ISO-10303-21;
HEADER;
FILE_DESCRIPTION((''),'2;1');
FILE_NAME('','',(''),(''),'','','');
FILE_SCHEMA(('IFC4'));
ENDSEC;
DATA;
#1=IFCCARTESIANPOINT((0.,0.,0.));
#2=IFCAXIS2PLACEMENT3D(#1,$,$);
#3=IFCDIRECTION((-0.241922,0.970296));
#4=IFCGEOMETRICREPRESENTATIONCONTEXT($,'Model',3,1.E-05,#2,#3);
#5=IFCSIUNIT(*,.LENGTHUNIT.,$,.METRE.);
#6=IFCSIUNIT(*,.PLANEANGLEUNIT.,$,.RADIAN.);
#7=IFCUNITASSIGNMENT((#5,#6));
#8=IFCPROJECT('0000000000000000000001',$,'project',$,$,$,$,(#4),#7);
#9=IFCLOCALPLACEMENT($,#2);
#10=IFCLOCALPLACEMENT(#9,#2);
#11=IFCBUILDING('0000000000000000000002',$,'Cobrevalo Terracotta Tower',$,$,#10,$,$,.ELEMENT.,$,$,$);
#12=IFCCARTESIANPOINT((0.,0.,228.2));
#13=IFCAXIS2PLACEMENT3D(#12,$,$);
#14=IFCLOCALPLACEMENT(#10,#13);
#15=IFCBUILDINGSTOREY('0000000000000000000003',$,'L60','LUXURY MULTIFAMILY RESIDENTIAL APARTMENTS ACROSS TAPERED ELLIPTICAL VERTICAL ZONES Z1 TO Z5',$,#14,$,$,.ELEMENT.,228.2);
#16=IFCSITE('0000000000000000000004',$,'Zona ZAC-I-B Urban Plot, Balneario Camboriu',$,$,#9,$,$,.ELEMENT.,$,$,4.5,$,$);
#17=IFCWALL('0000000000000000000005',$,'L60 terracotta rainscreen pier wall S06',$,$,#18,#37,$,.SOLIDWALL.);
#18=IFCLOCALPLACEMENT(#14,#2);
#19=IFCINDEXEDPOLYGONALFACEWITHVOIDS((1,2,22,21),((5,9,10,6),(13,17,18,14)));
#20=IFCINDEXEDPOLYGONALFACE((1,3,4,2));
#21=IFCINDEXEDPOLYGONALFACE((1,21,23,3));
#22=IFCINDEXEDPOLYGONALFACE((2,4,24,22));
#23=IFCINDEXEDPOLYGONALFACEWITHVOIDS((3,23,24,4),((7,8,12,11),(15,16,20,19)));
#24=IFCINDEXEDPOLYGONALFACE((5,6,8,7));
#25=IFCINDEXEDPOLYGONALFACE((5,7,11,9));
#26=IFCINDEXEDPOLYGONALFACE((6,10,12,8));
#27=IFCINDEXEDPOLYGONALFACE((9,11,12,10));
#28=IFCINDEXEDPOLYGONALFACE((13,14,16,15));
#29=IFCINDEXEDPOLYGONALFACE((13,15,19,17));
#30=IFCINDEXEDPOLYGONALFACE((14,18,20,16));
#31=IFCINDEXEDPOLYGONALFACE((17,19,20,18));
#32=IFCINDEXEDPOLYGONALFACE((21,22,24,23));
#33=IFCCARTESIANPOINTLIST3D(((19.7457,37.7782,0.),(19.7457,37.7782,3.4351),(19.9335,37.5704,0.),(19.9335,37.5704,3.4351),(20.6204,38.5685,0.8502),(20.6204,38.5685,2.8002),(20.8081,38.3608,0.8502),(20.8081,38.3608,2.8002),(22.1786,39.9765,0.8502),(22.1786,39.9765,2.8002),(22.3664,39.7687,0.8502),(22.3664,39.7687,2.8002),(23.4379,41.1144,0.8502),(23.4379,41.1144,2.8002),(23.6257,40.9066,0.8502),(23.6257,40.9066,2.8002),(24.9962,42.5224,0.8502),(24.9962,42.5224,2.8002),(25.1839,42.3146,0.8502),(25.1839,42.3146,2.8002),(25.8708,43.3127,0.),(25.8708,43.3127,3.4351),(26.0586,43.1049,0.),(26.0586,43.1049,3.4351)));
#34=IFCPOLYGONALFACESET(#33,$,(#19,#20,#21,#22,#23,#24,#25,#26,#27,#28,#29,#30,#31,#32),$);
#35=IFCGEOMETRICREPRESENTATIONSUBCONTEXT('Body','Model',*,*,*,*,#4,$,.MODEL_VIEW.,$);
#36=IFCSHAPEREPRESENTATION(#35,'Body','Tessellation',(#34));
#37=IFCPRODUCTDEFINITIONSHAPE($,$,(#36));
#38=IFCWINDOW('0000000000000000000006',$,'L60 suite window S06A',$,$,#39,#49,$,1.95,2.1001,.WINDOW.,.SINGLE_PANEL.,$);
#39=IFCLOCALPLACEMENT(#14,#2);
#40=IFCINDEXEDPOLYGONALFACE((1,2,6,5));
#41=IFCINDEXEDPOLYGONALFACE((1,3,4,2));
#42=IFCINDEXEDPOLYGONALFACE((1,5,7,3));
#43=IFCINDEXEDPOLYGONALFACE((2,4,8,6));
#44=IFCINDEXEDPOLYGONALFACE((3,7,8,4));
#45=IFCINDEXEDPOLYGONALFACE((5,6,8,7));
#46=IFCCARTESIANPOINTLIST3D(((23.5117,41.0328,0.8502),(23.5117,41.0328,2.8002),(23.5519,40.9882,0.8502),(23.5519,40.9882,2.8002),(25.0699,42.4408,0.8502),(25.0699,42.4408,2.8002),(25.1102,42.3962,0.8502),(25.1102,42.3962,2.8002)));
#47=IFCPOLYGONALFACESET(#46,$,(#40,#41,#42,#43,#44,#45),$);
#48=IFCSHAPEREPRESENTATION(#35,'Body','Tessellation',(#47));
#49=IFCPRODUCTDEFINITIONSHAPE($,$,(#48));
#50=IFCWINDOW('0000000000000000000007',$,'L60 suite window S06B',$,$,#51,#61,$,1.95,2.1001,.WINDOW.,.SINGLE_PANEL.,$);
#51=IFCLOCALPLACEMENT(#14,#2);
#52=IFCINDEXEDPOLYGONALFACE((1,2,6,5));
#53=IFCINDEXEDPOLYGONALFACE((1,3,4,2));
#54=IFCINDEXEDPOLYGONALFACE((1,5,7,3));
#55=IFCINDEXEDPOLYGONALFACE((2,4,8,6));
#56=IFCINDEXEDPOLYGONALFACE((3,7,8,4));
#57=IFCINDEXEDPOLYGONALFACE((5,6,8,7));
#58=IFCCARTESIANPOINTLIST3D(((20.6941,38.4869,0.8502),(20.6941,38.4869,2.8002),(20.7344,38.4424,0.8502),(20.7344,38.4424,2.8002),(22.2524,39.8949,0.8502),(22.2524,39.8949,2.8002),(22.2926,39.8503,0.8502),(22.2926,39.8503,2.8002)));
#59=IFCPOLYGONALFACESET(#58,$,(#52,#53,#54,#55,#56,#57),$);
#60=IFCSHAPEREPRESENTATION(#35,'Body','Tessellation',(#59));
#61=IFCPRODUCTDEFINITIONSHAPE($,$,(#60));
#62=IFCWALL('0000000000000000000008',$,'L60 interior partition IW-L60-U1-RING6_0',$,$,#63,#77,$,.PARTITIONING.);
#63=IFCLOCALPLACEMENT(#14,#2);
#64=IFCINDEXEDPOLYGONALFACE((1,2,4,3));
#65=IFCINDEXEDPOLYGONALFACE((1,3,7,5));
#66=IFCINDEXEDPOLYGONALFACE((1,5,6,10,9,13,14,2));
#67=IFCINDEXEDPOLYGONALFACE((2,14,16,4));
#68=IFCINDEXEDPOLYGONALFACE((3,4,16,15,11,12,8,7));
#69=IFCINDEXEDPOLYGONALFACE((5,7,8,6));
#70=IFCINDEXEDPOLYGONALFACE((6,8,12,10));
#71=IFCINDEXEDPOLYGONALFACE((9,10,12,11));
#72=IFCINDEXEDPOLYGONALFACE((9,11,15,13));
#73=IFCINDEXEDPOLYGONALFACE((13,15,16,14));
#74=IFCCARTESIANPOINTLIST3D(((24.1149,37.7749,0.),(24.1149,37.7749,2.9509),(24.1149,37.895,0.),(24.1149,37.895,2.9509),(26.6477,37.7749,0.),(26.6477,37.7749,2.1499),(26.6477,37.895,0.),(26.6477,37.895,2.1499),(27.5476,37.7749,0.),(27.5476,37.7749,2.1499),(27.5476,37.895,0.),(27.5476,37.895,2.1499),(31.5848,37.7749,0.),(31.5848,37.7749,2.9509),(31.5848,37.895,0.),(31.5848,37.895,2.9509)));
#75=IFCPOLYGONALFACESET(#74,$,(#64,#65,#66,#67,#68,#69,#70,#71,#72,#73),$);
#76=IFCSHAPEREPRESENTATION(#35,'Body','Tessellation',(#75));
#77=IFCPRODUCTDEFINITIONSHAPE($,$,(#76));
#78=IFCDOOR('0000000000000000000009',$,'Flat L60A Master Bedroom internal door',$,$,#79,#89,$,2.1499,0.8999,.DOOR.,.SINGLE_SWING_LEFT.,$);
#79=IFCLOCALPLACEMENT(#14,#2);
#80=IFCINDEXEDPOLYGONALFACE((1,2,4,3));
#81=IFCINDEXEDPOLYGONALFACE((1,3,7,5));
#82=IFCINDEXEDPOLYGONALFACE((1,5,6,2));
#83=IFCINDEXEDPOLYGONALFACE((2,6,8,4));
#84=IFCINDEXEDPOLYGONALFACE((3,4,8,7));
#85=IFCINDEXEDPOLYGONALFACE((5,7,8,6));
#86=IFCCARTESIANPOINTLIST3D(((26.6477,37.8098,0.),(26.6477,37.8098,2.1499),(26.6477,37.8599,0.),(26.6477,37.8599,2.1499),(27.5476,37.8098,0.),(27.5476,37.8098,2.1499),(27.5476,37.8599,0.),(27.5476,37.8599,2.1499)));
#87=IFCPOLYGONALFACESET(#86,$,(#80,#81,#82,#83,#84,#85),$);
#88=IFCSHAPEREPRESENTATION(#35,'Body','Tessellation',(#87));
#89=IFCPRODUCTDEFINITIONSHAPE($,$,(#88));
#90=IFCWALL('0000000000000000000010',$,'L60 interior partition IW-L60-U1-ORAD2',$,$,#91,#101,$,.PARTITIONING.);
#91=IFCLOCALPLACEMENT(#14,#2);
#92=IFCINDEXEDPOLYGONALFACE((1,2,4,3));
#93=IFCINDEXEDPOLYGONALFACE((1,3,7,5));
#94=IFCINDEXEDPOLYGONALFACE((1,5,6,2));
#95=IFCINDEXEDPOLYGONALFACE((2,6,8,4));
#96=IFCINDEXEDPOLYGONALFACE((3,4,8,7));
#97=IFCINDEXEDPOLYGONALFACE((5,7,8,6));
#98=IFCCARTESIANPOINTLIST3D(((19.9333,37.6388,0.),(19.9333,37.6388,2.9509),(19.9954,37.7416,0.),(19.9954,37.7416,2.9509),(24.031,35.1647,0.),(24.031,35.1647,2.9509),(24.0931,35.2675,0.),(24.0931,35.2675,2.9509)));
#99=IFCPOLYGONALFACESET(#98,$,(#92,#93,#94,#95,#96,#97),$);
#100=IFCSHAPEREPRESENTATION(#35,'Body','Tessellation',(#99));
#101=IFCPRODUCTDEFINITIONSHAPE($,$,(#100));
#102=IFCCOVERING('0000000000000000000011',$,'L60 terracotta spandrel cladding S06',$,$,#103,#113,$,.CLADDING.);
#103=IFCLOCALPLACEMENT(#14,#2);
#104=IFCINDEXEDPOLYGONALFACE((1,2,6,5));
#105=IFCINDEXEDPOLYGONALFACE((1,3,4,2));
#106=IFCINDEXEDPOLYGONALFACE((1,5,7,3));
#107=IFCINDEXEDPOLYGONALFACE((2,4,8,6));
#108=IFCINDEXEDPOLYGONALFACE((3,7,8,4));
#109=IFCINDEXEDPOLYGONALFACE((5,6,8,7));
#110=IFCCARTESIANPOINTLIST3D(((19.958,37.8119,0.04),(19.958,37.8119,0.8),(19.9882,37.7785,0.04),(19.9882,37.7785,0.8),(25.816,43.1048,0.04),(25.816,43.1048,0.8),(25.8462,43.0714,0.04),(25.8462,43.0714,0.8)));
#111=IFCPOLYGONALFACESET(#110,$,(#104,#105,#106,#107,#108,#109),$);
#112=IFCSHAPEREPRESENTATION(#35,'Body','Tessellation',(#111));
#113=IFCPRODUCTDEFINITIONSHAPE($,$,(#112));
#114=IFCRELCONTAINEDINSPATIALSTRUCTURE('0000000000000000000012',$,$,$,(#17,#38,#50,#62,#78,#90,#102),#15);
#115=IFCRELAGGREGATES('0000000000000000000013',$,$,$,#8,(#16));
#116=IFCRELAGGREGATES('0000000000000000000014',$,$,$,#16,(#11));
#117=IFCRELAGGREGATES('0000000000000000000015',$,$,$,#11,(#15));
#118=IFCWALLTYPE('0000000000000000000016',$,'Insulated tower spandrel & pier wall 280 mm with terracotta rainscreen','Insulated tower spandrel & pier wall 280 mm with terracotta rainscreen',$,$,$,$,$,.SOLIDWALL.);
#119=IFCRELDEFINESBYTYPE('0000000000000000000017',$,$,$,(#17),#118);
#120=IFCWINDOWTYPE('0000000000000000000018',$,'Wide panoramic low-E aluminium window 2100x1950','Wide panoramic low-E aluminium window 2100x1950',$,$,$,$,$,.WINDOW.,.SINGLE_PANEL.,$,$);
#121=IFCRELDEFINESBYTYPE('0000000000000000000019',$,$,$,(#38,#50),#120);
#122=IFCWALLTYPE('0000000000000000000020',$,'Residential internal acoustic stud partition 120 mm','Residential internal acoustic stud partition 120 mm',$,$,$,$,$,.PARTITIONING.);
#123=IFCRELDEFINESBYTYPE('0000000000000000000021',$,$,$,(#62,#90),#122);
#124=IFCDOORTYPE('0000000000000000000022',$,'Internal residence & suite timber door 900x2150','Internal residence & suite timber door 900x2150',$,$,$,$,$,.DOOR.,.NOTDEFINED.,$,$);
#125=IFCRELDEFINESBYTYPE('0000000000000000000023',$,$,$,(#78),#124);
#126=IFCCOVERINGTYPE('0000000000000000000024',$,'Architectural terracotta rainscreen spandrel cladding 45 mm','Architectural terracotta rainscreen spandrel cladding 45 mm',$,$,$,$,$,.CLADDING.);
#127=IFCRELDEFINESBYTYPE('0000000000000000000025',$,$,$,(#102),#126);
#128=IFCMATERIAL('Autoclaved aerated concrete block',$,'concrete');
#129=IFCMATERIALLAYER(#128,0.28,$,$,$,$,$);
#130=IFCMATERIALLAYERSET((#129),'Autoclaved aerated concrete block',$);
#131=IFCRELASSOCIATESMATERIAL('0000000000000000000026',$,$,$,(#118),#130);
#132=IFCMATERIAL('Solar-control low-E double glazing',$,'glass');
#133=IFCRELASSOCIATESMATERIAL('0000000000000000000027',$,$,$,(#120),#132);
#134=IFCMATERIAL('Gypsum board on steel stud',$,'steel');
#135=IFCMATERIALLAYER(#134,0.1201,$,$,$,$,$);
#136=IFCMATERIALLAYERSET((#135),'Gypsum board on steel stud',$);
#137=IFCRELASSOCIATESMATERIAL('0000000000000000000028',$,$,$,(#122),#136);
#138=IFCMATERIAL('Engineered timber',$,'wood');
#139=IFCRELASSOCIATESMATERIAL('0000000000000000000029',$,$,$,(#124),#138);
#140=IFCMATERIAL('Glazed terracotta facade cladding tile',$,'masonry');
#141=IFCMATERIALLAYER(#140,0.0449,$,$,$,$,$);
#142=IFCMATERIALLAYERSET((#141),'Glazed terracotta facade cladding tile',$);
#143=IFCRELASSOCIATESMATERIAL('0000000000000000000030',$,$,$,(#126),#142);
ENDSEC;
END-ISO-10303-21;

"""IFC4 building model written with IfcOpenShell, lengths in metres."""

from ifc_helpers import new_model, si_unit, direction, frame, frame_2d, origin, origin_2d, place, context, subcontext, project, spatial, rectangle, extrude, source, transform, mapped, material, layer, layer_set, type_object, element, fill, save


model = new_model("IFC4")

# Units and contexts
model_context = context("Model", 3, precision=1e-05, world=origin(), true_north=direction((-0.241922, 0.970296)))
body_context = subcontext(model_context, "Body", "Model", "MODEL_VIEW")
ifc_project = project(units=[si_unit("LENGTHUNIT", "METRE"), si_unit("PLANEANGLEUNIT", "RADIAN")], contexts=[model_context])

# Site, building, storey
site_placement = place(None, origin())
site = spatial("IfcSite", under=ifc_project, at=site_placement, Name="Zona ZAC-I-B Urban Plot, Balneario Camboriu", CompositionType="ELEMENT", RefElevation=4.5)
building_placement = place(site_placement, origin())
building = spatial("IfcBuilding", under=site, at=building_placement, Name="Cobrevalo Terracotta Tower", CompositionType="ELEMENT")
storey_placement = place(building_placement, frame((0.0, 0.0, 228.2)))
storey = spatial("IfcBuildingStorey", under=building, at=storey_placement, Name="L60", Description="LUXURY MULTIFAMILY RESIDENTIAL APARTMENTS ACROSS TAPERED ELLIPTICAL VERTICAL ZONES Z1 TO Z5", CompositionType="ELEMENT", Elevation=228.2)

# Shared definitions
ifc_material_1 = material(Name="Solar-control low-E double glazing", Category="glass")

# Wall, openings, windows
ifc_material_2 = material(Name="Autoclaved aerated concrete block", Category="concrete")
ifc_layer_1 = layer(ifc_material_2, 0.28)
ifc_layer_set_1 = layer_set([ifc_layer_1], Name="Autoclaved aerated concrete block")
wall_type_1 = type_object("IfcWallType", Name="Insulated tower spandrel & pier wall 280 mm with terracotta rainscreen", Description="Insulated tower spandrel & pier wall 280 mm with terracotta rainscreen", PredefinedType="SOLIDWALL", material=ifc_layer_set_1)
wall_1_placement = place(storey_placement, frame((25.9646, 43.2087, 0.0), z_axis=(0.0, 0.0, 1.0), x_axis=(-0.741972, -0.670431, 0.0)))
wall_1 = element("IfcWall", 1, at=wall_1_placement, inside=storey, type_object=wall_type_1, Name="L60 terracotta rainscreen pier wall S06", PredefinedType="SOLIDWALL", context=body_context, shape_type="SweptSolid", body=[
    extrude(rectangle(XDim=8.2551, YDim=0.28, at=frame_2d((4.1274, 0.0))), origin(), (0.0, 0.0, 1.0), 3.4351),
])
opening_1_placement = place(wall_1_placement, frame((1.1787, 0.0, 0.8501)))
opening_1 = element("IfcOpeningElement", 2, at=opening_1_placement, cuts=wall_1, PredefinedType="OPENING", context=body_context, shape_type="SweptSolid", body=[
    extrude(rectangle(XDim=2.1001, YDim=1.95, at=frame_2d((1.05, 0.9751))), frame((0.0, 0.1499, 0.0), z_axis=(0.0, -1.0, 0.0), x_axis=(1.0, 0.0, 0.0)), (0.0, 0.0, 1.0), 0.3),
])
opening_2_placement = place(wall_1_placement, frame((4.9761, 0.0, 0.8501)))
opening_2 = element("IfcOpeningElement", 3, at=opening_2_placement, cuts=wall_1, PredefinedType="OPENING", context=body_context, shape_type="SweptSolid", body=[
    extrude(rectangle(XDim=2.1001, YDim=1.95, at=frame_2d((1.05, 0.9751))), frame((0.0, 0.1499, 0.0), z_axis=(0.0, -1.0, 0.0), x_axis=(1.0, 0.0, 0.0)), (0.0, 0.0, 1.0), 0.3),
])
window_type = type_object("IfcWindowType", Name="Wide panoramic low-E aluminium window 2100x1950", Description="Wide panoramic low-E aluminium window 2100x1950", PartitioningType="SINGLE_PANEL", PredefinedType="WINDOW", material=ifc_material_1)
shared_shape_1 = source(origin(), body_context, "Body", "SweptSolid", [
    extrude(rectangle(XDim=2.1001, YDim=1.95, at=frame_2d((1.05, 0.9751))), frame((0.0, 0.03, 0.0), z_axis=(0.0, -1.0, 0.0), x_axis=(1.0, 0.0, 0.0)), (0.0, 0.0, 1.0), 0.0601),
])
window_1_placement = place(opening_1_placement, origin())
window_1 = element("IfcWindow", 4, at=window_1_placement, inside=storey, type_object=window_type, Name="L60 suite window S06A", OverallHeight=1.95, OverallWidth=2.1001, PartitioningType="SINGLE_PANEL", PredefinedType="WINDOW", context=body_context, shape_type="MappedRepresentation", body=[
    mapped(shared_shape_1, transform((0.0, 0.0, 0.0), scale=1.0)),
])
fill(opening_1, window_1)
window_2_placement = place(opening_2_placement, origin())
window_2 = element("IfcWindow", 5, at=window_2_placement, inside=storey, type_object=window_type, Name="L60 suite window S06B", OverallHeight=1.95, OverallWidth=2.1001, PartitioningType="SINGLE_PANEL", PredefinedType="WINDOW", context=body_context, shape_type="MappedRepresentation", body=[
    mapped(shared_shape_1, transform((0.0, 0.0, 0.0), scale=1.0)),
])
fill(opening_2, window_2)

# Wall, opening, door
ifc_material_3 = material(Name="Gypsum board on steel stud", Category="steel")
ifc_layer_2 = layer(ifc_material_3, 0.1201)
ifc_layer_set_2 = layer_set([ifc_layer_2], Name="Gypsum board on steel stud")
wall_type_2 = type_object("IfcWallType", Name="Residential internal acoustic stud partition 120 mm", Description="Residential internal acoustic stud partition 120 mm", PredefinedType="PARTITIONING", material=ifc_layer_set_2)
wall_2_placement = place(storey_placement, frame((24.115, 37.835, 0.0), z_axis=(0.0, 0.0, 1.0), x_axis=(1.0, 0.0, 0.0)))
wall_2 = element("IfcWall", 6, at=wall_2_placement, inside=storey, type_object=wall_type_2, Name="L60 interior partition IW-L60-U1-RING6_0", PredefinedType="PARTITIONING", context=body_context, shape_type="SweptSolid", body=[
    extrude(rectangle(XDim=7.47, YDim=0.1201, at=frame_2d((3.7349, 0.0))), origin(), (0.0, 0.0, 1.0), 2.9509),
])
opening_3_placement = place(wall_2_placement, frame((2.5327, 0.0, 0.0)))
opening_3 = element("IfcOpeningElement", 7, at=opening_3_placement, cuts=wall_2, PredefinedType="OPENING", context=body_context, shape_type="SweptSolid", body=[
    extrude(rectangle(XDim=0.8999, YDim=2.1499, at=frame_2d((0.45, 1.075))), frame((0.0, 0.0701, 0.0), z_axis=(0.0, -1.0, 0.0), x_axis=(1.0, 0.0, 0.0)), (0.0, 0.0, 1.0), 0.1401),
])
ifc_material_4 = material(Name="Engineered timber", Category="wood")
door_type = type_object("IfcDoorType", Name="Internal residence & suite timber door 900x2150", Description="Internal residence & suite timber door 900x2150", OperationType="NOTDEFINED", PredefinedType="DOOR", material=ifc_material_4)
shared_shape_2 = source(origin(), body_context, "Body", "SweptSolid", [
    extrude(rectangle(XDim=0.8999, YDim=2.1499, at=frame_2d((0.45, 1.075))), frame((0.0, 0.0249, 0.0), z_axis=(0.0, -1.0, 0.0), x_axis=(1.0, 0.0, 0.0)), (0.0, 0.0, 1.0), 0.05),
])
door_placement = place(opening_3_placement, origin())
door = element("IfcDoor", 8, at=door_placement, inside=storey, type_object=door_type, Name="Flat L60A Master Bedroom internal door", OperationType="SINGLE_SWING_LEFT", OverallHeight=2.1499, OverallWidth=0.8999, PredefinedType="DOOR", context=body_context, shape_type="MappedRepresentation", body=[
    mapped(shared_shape_2, transform((0.0, 0.0, 0.0), scale=1.0)),
])
fill(opening_3, door)

# Wall
wall_3_placement = place(storey_placement, frame((24.062, 35.2161, 0.0), z_axis=(0.0, 0.0, 1.0), x_axis=(-0.856058, 0.516879, 0.0)))
element("IfcWall", 9, at=wall_3_placement, inside=storey, type_object=wall_type_2, Name="L60 interior partition IW-L60-U1-ORAD2", PredefinedType="PARTITIONING", context=body_context, shape_type="SweptSolid", body=[
    extrude(rectangle(XDim=4.7866, YDim=0.1201, at=frame_2d((2.3933, 0.0))), origin(), (0.0, 0.0, 1.0), 2.9509),
])

# Covering
ifc_material_5 = material(Name="Glazed terracotta facade cladding tile", Category="masonry")
ifc_layer_3 = layer(ifc_material_5, 0.0449)
ifc_layer_set_3 = layer_set([ifc_layer_3], Name="Glazed terracotta facade cladding tile")
covering_type = type_object("IfcCoveringType", Name="Architectural terracotta rainscreen spandrel cladding 45 mm", Description="Architectural terracotta rainscreen spandrel cladding 45 mm", PredefinedType="CLADDING", material=ifc_layer_set_3)
shared_shape_3 = source(origin(), body_context, "Body", "SweptSolid", [
    extrude(rectangle(XDim=7.895, YDim=0.0449, at=origin_2d()), origin(), (0.0, 0.0, 1.0), 0.76),
])
covering_placement = place(storey_placement, frame((22.9021, 40.4417, 0.04), z_axis=(0.0, 0.0, 1.0), x_axis=(-0.741988, -0.670414, 0.0)))
element("IfcCovering", 10, at=covering_placement, inside=storey, type_object=covering_type, Name="L60 terracotta spandrel cladding S06", PredefinedType="CLADDING", context=body_context, shape_type="MappedRepresentation", body=[
    mapped(shared_shape_3, transform((0.0, 0.0, 0.0), scale=1.0)),
])

save(model, "model.ifc")
